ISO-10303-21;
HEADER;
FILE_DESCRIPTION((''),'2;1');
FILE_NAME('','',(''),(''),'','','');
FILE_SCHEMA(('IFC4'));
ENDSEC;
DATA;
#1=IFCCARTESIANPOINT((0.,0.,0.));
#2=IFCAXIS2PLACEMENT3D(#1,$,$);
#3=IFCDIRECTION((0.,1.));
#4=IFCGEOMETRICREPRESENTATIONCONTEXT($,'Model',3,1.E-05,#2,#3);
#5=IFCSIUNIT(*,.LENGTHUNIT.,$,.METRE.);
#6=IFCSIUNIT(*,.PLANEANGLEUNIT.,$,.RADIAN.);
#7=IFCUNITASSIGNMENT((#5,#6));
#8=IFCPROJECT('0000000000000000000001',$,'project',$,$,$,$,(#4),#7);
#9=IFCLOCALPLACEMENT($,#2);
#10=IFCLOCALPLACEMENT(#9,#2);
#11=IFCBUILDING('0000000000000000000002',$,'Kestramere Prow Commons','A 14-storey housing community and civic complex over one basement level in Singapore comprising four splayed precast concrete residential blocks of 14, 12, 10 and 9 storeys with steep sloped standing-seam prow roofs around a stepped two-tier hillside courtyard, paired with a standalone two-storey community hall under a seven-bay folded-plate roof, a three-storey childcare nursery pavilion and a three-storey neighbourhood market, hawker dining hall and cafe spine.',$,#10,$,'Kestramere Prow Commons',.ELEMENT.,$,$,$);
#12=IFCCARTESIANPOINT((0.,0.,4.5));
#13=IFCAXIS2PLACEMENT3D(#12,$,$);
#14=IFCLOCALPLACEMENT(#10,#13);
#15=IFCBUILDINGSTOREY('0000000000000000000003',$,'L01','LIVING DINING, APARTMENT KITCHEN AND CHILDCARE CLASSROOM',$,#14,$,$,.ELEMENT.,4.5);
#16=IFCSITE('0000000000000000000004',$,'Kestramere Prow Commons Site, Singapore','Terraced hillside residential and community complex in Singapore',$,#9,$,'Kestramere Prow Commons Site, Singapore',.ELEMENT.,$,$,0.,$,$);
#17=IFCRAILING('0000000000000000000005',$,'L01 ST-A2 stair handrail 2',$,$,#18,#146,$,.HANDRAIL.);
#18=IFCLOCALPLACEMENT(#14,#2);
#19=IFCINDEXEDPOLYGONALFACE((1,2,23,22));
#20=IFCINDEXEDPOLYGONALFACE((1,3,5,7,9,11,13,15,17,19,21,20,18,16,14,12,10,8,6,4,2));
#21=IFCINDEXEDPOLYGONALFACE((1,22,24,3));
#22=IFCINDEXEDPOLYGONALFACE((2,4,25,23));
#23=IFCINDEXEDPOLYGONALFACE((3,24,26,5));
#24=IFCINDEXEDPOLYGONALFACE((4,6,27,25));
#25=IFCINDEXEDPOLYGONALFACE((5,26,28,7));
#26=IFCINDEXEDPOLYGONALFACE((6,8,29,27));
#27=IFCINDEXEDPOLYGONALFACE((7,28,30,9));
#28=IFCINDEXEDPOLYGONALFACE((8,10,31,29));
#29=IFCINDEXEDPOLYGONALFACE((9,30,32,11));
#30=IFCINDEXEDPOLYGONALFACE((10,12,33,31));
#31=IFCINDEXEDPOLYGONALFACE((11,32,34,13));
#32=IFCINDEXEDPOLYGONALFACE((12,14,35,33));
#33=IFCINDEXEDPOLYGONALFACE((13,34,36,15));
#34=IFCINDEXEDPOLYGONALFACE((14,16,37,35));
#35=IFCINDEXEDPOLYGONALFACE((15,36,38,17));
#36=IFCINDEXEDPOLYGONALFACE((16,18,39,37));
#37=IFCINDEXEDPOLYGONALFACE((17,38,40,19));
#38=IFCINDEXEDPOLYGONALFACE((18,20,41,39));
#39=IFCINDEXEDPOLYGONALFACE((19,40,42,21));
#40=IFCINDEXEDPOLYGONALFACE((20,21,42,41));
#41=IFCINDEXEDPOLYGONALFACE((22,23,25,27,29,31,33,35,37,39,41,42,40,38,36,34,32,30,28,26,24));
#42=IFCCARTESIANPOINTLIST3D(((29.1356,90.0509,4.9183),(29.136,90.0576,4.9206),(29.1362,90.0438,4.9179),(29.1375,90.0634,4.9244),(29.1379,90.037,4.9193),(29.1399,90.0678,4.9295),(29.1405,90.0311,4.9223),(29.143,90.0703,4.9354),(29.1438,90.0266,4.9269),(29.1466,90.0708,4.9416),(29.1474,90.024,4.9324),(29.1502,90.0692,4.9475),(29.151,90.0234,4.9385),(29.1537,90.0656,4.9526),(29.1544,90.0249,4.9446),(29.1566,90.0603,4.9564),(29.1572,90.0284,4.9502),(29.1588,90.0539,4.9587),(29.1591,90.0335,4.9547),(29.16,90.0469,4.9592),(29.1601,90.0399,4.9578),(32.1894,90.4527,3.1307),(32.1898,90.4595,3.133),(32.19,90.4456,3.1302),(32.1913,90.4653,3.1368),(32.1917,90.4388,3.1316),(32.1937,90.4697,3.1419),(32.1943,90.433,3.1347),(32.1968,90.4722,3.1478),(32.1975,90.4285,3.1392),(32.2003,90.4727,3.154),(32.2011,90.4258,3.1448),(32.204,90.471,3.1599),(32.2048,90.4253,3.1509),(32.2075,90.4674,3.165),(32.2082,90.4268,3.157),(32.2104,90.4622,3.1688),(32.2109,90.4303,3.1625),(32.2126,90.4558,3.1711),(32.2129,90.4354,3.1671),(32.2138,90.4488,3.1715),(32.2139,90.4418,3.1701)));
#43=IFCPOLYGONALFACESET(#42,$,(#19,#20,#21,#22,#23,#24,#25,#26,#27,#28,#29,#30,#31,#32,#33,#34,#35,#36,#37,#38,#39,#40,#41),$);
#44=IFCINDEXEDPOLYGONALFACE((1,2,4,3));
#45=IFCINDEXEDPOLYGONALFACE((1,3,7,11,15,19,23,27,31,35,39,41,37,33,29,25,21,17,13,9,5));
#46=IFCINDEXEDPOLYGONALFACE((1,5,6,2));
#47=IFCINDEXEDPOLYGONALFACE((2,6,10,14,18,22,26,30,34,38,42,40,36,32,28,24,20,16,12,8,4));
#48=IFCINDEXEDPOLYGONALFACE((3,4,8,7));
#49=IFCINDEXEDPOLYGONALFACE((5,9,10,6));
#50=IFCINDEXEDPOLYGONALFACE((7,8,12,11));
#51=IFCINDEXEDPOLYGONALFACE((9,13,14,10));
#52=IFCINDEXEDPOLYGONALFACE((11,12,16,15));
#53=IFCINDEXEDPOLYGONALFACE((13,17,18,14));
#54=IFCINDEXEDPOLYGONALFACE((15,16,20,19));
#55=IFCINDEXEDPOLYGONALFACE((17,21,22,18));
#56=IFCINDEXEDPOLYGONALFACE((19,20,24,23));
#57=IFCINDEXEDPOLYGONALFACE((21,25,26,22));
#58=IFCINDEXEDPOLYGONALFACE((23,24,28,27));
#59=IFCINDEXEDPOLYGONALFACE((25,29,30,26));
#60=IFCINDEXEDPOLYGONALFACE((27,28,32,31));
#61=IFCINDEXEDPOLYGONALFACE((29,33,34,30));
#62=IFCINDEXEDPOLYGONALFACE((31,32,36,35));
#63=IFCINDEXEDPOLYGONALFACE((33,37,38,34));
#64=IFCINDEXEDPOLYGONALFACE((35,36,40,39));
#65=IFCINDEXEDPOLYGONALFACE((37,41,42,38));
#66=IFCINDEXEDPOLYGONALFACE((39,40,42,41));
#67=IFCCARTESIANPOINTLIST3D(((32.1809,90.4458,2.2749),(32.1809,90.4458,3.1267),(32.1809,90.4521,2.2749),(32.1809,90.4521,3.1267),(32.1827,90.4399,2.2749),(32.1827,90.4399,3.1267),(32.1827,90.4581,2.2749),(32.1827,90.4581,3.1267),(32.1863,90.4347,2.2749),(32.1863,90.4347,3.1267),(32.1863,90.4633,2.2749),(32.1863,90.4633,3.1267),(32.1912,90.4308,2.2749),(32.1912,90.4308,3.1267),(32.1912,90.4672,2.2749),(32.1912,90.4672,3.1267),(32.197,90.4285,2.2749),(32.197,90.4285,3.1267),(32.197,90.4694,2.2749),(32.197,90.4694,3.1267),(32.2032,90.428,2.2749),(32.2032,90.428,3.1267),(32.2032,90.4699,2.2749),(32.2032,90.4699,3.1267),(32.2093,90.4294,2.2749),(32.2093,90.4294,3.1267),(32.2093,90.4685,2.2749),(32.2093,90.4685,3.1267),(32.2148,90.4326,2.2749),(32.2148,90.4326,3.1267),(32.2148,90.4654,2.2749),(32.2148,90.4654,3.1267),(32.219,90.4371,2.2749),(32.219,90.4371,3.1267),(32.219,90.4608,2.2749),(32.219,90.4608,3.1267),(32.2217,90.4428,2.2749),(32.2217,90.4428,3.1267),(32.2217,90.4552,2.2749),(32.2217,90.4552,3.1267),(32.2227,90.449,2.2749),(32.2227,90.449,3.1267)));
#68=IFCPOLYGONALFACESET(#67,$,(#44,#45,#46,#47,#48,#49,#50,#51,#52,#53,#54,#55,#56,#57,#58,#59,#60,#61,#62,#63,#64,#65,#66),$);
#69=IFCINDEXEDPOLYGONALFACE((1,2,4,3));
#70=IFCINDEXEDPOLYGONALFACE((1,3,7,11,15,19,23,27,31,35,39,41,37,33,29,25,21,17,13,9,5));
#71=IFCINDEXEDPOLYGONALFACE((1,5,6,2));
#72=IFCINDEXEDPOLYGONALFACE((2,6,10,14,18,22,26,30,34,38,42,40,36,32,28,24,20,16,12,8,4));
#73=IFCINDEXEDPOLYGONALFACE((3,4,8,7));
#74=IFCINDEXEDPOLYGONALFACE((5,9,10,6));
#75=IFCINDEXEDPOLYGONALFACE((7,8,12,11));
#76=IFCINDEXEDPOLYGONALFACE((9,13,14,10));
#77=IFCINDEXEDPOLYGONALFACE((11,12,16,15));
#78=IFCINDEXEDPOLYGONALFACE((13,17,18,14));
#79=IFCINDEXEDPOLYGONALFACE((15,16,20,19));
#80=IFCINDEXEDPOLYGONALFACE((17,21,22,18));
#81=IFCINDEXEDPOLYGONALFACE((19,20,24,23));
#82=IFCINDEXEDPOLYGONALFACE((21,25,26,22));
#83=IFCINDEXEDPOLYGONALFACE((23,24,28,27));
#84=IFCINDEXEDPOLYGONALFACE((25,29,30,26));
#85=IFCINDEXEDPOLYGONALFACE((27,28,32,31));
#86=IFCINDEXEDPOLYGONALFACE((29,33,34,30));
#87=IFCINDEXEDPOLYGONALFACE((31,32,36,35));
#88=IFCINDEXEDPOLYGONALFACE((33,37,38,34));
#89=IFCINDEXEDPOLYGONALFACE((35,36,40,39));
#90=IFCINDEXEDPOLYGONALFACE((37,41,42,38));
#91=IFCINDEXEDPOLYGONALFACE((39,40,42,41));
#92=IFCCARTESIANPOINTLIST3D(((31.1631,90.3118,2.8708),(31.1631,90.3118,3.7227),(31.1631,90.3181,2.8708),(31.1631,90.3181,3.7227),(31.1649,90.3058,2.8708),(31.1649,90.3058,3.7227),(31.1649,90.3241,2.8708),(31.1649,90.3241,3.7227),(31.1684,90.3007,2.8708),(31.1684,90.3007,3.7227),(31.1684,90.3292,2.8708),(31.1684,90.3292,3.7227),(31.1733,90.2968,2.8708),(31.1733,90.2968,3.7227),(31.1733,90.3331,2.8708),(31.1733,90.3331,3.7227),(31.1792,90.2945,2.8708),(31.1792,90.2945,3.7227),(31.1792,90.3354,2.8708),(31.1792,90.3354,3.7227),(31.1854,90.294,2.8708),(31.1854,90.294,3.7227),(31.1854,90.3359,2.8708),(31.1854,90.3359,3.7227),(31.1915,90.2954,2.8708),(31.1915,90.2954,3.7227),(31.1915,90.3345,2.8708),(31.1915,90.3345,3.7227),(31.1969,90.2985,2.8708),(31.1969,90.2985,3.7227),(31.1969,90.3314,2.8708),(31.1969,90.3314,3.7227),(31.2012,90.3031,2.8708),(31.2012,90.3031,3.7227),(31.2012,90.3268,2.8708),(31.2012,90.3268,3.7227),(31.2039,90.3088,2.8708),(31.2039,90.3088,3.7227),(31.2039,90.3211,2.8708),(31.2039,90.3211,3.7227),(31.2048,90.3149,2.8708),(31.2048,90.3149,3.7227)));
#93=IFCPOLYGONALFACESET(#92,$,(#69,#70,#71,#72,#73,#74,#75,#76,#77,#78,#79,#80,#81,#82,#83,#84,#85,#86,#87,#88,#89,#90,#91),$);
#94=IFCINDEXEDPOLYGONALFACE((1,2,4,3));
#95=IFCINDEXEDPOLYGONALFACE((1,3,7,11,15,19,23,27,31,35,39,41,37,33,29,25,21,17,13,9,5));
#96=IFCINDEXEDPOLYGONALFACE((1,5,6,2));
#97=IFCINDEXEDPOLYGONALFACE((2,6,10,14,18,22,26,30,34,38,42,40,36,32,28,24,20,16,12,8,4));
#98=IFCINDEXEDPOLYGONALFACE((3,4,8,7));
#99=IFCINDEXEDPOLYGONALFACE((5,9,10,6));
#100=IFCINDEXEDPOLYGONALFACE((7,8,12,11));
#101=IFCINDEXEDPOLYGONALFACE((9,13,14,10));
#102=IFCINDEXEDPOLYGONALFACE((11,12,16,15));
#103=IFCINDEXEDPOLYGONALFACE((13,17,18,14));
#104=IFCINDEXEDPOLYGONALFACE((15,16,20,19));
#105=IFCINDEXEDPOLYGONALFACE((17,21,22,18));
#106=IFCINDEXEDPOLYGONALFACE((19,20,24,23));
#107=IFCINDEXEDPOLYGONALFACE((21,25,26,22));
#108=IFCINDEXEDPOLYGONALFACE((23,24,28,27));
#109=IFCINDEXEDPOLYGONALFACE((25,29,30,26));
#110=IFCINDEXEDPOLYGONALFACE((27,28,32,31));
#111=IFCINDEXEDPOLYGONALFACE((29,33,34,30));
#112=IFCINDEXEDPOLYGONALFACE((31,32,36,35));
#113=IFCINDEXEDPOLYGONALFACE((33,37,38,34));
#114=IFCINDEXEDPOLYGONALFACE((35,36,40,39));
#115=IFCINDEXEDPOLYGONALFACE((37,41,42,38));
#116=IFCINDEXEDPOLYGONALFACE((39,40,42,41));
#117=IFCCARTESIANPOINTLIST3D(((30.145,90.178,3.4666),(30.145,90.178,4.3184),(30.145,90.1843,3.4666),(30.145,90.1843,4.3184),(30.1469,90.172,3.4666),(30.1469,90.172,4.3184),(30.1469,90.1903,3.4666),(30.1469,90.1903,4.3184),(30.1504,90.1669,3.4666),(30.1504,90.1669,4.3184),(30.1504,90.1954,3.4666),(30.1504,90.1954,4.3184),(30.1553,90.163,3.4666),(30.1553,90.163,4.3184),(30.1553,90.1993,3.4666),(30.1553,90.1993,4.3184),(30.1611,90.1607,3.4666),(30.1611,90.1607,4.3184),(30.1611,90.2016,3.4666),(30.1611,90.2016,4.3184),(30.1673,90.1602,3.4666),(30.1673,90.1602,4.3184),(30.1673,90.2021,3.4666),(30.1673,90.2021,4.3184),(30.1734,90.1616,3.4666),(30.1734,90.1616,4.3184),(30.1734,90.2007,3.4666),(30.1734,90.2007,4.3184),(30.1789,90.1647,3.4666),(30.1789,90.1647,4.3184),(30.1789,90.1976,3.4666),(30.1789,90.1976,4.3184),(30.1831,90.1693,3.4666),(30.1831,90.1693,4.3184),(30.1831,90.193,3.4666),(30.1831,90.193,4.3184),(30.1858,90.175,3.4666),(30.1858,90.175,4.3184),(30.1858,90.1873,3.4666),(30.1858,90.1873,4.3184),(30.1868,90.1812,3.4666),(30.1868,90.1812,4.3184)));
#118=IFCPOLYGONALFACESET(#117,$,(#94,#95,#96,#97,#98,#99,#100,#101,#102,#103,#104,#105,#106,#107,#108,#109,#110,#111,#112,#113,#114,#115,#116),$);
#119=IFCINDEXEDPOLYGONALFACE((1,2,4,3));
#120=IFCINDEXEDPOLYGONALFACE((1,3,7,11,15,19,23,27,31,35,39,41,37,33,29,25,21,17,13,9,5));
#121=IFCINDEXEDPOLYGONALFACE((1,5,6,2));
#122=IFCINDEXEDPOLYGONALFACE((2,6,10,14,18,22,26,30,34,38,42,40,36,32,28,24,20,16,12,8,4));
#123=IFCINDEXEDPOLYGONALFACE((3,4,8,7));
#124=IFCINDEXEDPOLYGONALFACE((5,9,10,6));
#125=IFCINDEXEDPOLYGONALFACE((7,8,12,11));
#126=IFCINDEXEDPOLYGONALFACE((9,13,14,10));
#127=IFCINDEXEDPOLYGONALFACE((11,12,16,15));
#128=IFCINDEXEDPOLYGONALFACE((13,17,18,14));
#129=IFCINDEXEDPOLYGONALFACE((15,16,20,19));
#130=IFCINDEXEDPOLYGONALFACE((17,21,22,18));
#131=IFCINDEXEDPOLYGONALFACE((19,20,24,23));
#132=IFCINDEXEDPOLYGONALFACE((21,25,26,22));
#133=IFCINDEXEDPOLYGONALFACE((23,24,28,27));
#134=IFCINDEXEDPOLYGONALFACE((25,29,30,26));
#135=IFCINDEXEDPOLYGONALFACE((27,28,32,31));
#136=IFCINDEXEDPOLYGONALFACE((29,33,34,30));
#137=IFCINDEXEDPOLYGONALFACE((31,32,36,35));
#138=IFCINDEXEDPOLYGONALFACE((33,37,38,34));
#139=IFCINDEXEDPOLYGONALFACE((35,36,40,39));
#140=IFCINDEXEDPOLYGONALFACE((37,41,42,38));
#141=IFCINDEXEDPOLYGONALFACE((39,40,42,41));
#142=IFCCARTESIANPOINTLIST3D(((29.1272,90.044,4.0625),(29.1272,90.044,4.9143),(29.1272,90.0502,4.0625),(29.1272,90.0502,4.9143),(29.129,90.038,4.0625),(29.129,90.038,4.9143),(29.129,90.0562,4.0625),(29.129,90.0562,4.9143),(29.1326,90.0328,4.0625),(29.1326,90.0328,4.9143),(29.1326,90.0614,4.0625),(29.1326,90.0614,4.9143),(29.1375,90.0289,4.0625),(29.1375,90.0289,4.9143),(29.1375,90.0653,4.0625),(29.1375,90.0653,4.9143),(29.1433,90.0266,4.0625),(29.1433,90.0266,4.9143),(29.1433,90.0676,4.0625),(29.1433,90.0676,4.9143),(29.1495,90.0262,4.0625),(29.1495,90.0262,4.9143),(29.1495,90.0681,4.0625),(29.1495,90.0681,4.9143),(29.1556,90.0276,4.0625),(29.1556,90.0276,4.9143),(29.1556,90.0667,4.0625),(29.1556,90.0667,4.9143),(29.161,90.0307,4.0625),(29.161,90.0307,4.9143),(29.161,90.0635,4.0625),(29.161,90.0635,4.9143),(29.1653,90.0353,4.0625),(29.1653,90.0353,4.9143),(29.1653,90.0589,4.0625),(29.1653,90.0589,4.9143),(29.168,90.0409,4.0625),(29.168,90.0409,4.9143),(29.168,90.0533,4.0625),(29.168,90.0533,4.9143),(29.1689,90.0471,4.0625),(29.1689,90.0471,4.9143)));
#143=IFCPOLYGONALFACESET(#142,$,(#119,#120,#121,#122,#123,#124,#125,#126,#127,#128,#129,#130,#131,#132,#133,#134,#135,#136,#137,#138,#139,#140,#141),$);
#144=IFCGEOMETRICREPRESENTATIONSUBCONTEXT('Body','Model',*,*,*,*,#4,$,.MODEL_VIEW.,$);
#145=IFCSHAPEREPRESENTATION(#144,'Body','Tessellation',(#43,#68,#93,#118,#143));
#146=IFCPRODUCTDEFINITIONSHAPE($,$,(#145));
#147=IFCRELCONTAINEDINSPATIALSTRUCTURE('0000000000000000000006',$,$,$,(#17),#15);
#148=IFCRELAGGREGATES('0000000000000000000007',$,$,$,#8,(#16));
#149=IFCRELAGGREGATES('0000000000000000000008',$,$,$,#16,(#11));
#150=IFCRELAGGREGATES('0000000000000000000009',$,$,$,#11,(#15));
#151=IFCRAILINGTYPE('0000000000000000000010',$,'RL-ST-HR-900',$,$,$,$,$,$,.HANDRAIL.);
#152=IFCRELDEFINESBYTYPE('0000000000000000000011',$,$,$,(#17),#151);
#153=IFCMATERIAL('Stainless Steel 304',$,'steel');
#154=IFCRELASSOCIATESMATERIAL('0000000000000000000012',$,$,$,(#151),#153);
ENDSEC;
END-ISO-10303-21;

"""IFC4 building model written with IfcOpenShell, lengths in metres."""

from ifc_helpers import new_model, si_unit, direction, frame, origin, origin_2d, place, context, subcontext, project, spatial, circle, extrude, material, type_object, element, save


model = new_model("IFC4")

# Units and contexts
model_context = context("Model", 3, precision=1e-05, world=origin(), true_north=direction((0.0, 1.0)))
body_context = subcontext(model_context, "Body", "Model", "MODEL_VIEW")
ifc_project = project(units=[si_unit("LENGTHUNIT", "METRE"), si_unit("PLANEANGLEUNIT", "RADIAN")], contexts=[model_context])

# Site, building, storey
site_placement = place(None, origin())
site = spatial("IfcSite", under=ifc_project, at=site_placement, Name="Kestramere Prow Commons Site, Singapore", Description="Terraced hillside residential and community complex in Singapore", LongName="Kestramere Prow Commons Site, Singapore", CompositionType="ELEMENT", RefElevation=0.0)
building_placement = place(site_placement, origin())
building = spatial("IfcBuilding", under=site, at=building_placement, Name="Kestramere Prow Commons", Description="A 14-storey housing community and civic complex over one basement level in Singapore comprising four splayed precast concrete residential blocks of 14, 12, 10 and 9 storeys with steep sloped standing-seam prow roofs around a stepped two-tier hillside courtyard, paired with a standalone two-storey community hall under a seven-bay folded-plate roof, a three-storey childcare nursery pavilion and a three-storey neighbourhood market, hawker dining hall and cafe spine.", LongName="Kestramere Prow Commons", CompositionType="ELEMENT")
storey_placement = place(building_placement, frame((0.0, 0.0, 4.5)))
storey = spatial("IfcBuildingStorey", under=building, at=storey_placement, Name="L01", Description="LIVING DINING, APARTMENT KITCHEN AND CHILDCARE CLASSROOM", CompositionType="ELEMENT", Elevation=4.5)

# Railing
ifc_material_1 = material(Name="Stainless Steel 304", Category="steel")
railing_type = type_object("IfcRailingType", Name="RL-ST-HR-900", PredefinedType="HANDRAIL", material=ifc_material_1)
railing_placement = place(storey_placement, frame((32.2017, 90.449, 2.2749)))
element("IfcRailing", 1, at=railing_placement, inside=storey, type_object=railing_type, Name="L01 ST-A2 stair handrail 2", PredefinedType="HANDRAIL", context=body_context, shape_type="SweptSolid", body=[
    extrude(circle(Radius=0.0239, at=origin_2d()), frame((0.0, 0.0, 0.876), z_axis=(-0.857495, -0.112843, 0.501965), x_axis=(0.130471, -0.991452, 0.0)), (0.0, 0.0, 1.0), 3.5613),
    extrude(circle(Radius=0.021, at=origin_2d()), origin(), (0.0, 0.0, 1.0), 0.8518),
    extrude(circle(Radius=0.021, at=origin_2d()), frame((-1.0178, -0.134, 0.5959)), (0.0, 0.0, 1.0), 0.8518),
    extrude(circle(Radius=0.021, at=origin_2d()), frame((-2.0359, -0.2678, 1.1917)), (0.0, 0.0, 1.0), 0.8518),
    extrude(circle(Radius=0.021, at=origin_2d()), frame((-3.0537, -0.4019, 1.7876)), (0.0, 0.0, 1.0), 0.8518),
])

save(model, "model.ifc")
